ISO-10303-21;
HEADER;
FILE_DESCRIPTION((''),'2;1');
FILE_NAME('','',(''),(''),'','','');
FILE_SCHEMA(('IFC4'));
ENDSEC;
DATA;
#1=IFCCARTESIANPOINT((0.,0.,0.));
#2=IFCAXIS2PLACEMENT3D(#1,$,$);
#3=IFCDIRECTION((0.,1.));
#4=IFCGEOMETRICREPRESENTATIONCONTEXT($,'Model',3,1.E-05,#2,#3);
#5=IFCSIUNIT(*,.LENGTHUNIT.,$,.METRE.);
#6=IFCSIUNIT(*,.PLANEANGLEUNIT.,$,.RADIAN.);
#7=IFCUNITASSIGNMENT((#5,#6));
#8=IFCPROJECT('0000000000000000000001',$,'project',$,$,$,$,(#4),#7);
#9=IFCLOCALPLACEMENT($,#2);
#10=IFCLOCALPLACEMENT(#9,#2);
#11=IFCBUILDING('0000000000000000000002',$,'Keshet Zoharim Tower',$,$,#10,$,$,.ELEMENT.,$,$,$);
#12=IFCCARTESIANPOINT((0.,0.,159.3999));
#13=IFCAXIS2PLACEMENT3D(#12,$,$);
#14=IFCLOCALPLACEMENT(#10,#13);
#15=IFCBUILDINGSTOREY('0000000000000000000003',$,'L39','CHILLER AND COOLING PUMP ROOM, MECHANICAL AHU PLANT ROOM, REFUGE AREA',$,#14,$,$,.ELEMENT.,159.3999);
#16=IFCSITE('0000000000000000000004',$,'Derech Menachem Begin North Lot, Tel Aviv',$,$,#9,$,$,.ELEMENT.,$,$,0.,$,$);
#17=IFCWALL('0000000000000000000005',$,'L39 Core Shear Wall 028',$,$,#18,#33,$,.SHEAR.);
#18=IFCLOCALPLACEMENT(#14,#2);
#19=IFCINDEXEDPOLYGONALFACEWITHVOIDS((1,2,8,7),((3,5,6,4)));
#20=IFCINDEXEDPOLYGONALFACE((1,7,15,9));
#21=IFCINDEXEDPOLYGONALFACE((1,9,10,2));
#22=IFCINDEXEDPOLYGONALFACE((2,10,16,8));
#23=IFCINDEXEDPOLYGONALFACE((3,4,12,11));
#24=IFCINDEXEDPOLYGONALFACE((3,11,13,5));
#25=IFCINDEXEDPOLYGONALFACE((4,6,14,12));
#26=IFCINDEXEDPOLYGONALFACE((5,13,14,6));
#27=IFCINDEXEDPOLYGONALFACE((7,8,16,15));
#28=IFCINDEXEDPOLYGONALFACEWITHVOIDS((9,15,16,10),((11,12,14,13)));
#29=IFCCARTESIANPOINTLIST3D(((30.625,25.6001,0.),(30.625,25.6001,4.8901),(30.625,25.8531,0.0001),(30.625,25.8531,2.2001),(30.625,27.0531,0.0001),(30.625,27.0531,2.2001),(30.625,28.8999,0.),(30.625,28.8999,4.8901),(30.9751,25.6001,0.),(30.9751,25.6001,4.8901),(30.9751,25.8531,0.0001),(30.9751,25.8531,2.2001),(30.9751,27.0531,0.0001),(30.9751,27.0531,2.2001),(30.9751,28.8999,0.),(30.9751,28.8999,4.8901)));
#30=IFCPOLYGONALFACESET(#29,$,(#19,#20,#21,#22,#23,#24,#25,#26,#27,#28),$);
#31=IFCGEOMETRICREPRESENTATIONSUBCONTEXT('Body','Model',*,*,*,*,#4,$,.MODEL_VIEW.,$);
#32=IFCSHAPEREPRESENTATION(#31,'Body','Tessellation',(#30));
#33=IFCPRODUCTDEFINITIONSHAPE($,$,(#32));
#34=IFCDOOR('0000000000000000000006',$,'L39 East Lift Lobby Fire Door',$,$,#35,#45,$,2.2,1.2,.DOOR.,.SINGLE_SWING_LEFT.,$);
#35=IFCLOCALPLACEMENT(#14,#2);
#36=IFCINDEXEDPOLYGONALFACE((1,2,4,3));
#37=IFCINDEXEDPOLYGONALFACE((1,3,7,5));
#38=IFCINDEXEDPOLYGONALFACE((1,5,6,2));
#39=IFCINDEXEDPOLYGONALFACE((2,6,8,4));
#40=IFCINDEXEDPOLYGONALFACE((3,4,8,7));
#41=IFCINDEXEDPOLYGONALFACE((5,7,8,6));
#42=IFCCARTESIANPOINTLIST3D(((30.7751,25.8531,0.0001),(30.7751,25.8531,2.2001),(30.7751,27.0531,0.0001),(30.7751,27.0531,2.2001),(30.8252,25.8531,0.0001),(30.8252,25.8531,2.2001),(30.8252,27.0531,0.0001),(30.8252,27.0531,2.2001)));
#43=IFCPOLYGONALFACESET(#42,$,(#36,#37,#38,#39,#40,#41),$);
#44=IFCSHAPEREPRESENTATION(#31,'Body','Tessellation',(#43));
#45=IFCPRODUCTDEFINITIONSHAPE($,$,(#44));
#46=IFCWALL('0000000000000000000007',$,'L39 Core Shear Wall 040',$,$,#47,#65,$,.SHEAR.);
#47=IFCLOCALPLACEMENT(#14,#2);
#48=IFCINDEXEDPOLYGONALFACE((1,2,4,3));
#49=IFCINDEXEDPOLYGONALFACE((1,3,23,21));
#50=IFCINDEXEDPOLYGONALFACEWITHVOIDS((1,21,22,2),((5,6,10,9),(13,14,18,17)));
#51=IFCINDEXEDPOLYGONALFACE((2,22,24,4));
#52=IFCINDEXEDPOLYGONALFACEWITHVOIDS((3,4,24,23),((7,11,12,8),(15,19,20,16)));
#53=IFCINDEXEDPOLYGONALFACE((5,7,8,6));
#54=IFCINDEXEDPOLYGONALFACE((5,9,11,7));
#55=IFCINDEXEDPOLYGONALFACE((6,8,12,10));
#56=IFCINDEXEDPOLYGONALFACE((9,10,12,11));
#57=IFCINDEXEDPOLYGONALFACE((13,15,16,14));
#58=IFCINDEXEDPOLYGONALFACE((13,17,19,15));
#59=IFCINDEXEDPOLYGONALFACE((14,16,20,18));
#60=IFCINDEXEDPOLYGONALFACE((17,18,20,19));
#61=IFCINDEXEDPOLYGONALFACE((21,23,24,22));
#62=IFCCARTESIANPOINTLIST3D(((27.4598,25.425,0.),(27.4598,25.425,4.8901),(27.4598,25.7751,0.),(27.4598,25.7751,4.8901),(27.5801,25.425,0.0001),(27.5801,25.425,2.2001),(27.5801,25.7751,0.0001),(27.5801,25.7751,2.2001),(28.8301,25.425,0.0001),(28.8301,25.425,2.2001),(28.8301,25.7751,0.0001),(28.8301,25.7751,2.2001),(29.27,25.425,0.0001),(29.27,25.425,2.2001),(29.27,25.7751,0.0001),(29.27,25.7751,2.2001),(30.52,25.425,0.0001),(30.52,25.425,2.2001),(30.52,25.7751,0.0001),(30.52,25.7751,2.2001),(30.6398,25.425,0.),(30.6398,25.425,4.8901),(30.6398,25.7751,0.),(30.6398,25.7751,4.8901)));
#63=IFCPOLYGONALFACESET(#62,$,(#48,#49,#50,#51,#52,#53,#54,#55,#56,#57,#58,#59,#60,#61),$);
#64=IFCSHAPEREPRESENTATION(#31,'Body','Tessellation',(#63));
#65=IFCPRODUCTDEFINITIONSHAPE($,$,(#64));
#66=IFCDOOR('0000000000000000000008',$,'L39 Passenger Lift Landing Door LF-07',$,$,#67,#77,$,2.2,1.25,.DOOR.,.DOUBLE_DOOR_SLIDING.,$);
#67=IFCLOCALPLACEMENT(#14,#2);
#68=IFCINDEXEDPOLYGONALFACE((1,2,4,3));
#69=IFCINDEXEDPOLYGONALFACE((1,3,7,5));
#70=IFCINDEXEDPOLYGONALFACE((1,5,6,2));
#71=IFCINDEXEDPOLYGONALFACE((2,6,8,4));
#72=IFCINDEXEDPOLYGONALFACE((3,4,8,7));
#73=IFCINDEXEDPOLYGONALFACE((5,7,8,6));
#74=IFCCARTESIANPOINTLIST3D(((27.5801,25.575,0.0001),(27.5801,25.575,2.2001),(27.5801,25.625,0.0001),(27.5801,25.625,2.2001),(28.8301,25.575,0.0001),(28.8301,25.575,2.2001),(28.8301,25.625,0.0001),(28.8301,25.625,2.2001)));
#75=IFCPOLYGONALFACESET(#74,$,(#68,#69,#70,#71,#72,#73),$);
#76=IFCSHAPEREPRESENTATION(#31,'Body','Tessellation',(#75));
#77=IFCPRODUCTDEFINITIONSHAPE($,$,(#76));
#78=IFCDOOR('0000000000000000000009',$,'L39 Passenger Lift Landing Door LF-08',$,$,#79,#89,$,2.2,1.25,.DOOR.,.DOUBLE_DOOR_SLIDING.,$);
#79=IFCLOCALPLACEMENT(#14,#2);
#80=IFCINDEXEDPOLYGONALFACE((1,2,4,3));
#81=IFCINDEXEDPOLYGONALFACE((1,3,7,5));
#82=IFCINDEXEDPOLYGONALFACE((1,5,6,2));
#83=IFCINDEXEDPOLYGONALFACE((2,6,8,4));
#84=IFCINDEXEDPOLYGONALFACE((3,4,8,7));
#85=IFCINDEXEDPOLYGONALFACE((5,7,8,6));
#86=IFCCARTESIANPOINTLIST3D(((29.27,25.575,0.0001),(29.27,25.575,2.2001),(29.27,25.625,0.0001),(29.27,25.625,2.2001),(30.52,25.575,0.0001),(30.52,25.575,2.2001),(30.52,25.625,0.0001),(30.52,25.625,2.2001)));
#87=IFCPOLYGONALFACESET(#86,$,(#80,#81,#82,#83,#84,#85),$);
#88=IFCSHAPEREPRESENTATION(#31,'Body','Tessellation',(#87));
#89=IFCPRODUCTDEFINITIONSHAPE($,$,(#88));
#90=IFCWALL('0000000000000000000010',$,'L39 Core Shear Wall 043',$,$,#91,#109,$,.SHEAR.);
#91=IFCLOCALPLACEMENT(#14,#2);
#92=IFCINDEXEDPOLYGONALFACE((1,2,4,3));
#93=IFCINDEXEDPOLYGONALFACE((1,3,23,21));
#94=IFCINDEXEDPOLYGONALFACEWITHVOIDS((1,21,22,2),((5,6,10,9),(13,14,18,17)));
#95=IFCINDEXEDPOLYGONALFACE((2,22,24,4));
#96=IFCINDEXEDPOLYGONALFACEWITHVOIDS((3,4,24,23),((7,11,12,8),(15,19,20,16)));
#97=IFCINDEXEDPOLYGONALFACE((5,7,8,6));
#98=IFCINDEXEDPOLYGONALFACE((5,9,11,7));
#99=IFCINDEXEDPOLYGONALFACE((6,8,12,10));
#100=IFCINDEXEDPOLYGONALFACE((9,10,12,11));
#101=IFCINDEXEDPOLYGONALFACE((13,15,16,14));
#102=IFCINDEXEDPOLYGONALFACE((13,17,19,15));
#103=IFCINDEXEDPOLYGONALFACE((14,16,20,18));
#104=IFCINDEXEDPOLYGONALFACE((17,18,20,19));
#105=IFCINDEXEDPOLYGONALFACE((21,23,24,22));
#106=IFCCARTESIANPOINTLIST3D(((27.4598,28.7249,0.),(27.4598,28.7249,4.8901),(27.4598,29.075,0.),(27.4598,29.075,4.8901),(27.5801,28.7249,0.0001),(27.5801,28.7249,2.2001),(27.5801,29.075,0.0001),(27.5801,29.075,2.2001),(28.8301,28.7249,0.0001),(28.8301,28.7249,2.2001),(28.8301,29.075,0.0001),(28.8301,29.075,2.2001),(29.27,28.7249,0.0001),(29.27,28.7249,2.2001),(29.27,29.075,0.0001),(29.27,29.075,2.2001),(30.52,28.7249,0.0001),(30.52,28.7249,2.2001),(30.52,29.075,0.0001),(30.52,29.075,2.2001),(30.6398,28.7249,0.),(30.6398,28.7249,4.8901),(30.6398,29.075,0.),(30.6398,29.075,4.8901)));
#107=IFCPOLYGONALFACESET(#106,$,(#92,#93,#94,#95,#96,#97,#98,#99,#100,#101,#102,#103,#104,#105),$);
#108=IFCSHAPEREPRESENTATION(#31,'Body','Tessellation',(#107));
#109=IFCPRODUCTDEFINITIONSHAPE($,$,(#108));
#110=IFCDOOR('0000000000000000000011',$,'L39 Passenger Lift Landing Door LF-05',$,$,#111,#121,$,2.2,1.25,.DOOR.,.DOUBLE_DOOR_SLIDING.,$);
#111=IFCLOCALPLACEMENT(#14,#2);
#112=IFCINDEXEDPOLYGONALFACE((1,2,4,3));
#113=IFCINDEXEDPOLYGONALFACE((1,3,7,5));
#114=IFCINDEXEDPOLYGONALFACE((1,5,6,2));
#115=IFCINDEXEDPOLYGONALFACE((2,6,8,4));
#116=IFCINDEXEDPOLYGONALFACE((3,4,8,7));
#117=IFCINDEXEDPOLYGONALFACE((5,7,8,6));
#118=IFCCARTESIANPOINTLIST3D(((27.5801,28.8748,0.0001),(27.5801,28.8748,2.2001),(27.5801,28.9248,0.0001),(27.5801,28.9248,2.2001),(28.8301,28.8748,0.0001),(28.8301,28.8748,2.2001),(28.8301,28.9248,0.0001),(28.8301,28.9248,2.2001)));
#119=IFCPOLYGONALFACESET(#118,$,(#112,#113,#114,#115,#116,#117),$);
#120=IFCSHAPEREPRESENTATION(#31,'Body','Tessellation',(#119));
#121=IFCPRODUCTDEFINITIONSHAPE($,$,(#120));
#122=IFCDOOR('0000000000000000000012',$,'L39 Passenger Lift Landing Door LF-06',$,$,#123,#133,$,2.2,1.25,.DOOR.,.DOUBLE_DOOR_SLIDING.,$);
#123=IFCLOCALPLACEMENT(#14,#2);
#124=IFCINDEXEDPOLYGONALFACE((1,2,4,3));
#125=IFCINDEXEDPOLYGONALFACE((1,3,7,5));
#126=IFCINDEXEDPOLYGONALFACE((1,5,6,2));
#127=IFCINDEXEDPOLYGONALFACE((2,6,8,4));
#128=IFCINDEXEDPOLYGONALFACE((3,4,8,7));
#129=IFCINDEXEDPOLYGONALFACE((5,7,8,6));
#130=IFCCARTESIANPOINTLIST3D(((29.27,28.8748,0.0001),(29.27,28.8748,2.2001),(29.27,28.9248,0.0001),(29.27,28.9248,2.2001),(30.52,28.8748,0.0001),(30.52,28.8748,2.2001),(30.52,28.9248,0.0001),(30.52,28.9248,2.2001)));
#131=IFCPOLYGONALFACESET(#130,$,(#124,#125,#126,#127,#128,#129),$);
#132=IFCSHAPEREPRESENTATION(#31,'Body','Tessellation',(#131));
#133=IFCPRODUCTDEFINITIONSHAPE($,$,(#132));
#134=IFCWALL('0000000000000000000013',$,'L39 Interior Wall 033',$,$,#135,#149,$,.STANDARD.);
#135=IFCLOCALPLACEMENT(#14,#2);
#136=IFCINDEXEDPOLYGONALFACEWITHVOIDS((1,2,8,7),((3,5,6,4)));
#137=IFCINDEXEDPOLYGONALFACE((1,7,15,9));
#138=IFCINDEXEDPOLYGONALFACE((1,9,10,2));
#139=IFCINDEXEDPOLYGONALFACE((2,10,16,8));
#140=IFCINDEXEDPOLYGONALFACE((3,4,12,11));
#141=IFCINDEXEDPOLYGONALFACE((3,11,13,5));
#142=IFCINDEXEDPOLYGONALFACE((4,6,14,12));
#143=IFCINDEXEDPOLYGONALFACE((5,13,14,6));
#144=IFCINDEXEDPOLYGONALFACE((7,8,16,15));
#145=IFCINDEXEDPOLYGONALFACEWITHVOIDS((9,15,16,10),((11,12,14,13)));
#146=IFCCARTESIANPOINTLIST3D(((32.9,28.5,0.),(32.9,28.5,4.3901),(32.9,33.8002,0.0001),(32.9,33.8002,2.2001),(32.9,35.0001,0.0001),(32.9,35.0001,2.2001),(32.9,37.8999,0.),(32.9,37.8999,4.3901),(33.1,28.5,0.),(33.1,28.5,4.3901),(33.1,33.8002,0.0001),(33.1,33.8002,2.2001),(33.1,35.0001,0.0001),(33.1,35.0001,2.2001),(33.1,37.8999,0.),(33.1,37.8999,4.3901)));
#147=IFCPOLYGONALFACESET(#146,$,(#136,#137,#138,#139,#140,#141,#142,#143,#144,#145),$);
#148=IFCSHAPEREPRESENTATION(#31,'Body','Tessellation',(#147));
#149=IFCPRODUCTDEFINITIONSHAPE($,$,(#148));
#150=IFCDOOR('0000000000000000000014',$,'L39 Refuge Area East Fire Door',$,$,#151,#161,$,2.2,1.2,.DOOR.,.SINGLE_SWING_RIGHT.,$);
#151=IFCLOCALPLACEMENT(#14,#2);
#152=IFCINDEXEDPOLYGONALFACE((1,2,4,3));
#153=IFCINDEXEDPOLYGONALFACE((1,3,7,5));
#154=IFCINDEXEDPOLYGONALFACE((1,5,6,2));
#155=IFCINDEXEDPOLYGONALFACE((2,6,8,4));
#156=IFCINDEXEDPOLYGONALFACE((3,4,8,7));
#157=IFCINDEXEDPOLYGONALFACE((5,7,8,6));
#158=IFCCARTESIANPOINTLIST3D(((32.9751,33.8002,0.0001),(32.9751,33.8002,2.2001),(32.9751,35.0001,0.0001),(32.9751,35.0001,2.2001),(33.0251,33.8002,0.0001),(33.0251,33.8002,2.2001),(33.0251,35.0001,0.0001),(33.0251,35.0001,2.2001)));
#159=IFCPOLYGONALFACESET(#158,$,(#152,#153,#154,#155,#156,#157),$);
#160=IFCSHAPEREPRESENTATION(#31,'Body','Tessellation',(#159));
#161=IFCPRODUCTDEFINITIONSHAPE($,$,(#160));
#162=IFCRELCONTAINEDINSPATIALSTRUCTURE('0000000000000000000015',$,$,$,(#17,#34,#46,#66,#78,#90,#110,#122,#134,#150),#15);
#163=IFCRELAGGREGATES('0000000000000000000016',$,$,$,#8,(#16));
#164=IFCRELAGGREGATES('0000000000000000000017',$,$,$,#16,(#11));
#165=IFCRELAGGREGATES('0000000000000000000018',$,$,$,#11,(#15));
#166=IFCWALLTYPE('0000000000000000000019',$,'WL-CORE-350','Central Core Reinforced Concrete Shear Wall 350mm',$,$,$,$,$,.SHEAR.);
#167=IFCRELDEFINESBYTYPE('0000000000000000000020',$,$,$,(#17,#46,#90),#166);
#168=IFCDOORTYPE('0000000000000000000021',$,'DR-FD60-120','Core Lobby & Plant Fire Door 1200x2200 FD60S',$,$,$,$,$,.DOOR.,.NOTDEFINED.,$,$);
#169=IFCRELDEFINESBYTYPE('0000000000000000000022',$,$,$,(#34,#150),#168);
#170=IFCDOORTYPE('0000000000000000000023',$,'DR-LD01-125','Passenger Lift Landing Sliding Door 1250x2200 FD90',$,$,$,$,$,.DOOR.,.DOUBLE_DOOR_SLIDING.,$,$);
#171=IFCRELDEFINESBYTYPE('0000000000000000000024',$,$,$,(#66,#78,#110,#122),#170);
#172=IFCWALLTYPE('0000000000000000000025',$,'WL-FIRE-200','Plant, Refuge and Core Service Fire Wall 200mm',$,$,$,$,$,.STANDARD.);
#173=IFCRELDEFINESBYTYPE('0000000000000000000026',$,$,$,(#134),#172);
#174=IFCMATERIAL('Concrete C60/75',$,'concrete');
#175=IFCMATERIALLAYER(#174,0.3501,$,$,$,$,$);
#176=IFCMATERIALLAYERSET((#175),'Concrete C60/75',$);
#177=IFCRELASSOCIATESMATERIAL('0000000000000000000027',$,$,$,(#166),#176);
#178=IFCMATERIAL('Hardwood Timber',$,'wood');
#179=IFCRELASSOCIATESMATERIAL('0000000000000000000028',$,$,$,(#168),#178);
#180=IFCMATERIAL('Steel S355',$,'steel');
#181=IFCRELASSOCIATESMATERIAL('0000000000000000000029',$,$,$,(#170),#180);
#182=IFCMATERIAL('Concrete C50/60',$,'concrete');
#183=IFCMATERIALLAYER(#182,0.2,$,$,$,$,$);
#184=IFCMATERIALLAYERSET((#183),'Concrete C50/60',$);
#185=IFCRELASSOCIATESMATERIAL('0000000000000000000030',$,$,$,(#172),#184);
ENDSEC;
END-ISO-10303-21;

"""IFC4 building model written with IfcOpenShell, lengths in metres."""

from ifc_helpers import new_model, si_unit, direction, frame, frame_2d, origin, place, context, subcontext, project, spatial, rectangle, extrude, material, layer, layer_set, type_object, element, fill, save


model = new_model("IFC4")

# Units and contexts
model_context = context("Model", 3, precision=1e-05, world=origin(), true_north=direction((0.0, 1.0)))
body_context = subcontext(model_context, "Body", "Model", "MODEL_VIEW")
ifc_project = project(units=[si_unit("LENGTHUNIT", "METRE"), si_unit("PLANEANGLEUNIT", "RADIAN")], contexts=[model_context])

# Site, building, storey
site_placement = place(None, origin())
site = spatial("IfcSite", under=ifc_project, at=site_placement, Name="Derech Menachem Begin North Lot, Tel Aviv", CompositionType="ELEMENT", RefElevation=0.0)
building_placement = place(site_placement, origin())
building = spatial("IfcBuilding", under=site, at=building_placement, Name="Keshet Zoharim Tower", CompositionType="ELEMENT")
storey_placement = place(building_placement, frame((0.0, 0.0, 159.3999)))
storey = spatial("IfcBuildingStorey", under=building, at=storey_placement, Name="L39", Description="CHILLER AND COOLING PUMP ROOM, MECHANICAL AHU PLANT ROOM, REFUGE AREA", CompositionType="ELEMENT", Elevation=159.3999)

# Shared definitions
ifc_material_1 = material(Name="Concrete C60/75", Category="concrete")

# Shared definitions
ifc_material_2 = material(Name="Steel S355", Category="steel")

# Shared definitions
ifc_layer_1 = layer(ifc_material_1, 0.3501)
ifc_layer_set_1 = layer_set([ifc_layer_1], Name="Concrete C60/75")
wall_type_1 = type_object("IfcWallType", Name="WL-CORE-350", Description="Central Core Reinforced Concrete Shear Wall 350mm", PredefinedType="SHEAR", material=ifc_layer_set_1)

# Wall, opening, door
wall_1_placement = place(storey_placement, frame((30.8, 25.6001, 0.0), z_axis=(0.0, 0.0, 1.0), x_axis=(0.0, 1.0, 0.0)))
wall_1 = element("IfcWall", 1, at=wall_1_placement, inside=storey, type_object=wall_type_1, Name="L39 Core Shear Wall 028", PredefinedType="SHEAR", context=body_context, shape_type="SweptSolid", body=[
    extrude(rectangle(XDim=3.2998, YDim=0.3501, at=frame_2d((1.6499, 0.0))), origin(), (0.0, 0.0, 1.0), 4.8901),
])
opening_1_placement = place(wall_1_placement, frame((0.2529, 0.0, 0.0)))
opening_1 = element("IfcOpeningElement", 2, at=opening_1_placement, cuts=wall_1, PredefinedType="OPENING", context=body_context, shape_type="SweptSolid", body=[
    extrude(rectangle(XDim=1.2, YDim=2.2, at=frame_2d((0.6001, 1.1001))), frame((0.0, 0.1851, 0.0), z_axis=(0.0, -1.0, 0.0), x_axis=(1.0, 0.0, 0.0)), (0.0, 0.0, 1.0), 0.3701),
])
ifc_material_3 = material(Name="Hardwood Timber", Category="wood")
door_type_1 = type_object("IfcDoorType", Name="DR-FD60-120", Description="Core Lobby & Plant Fire Door 1200x2200 FD60S", OperationType="NOTDEFINED", PredefinedType="DOOR", material=ifc_material_3)
door_1_placement = place(opening_1_placement, origin())
door_1 = element("IfcDoor", 3, at=door_1_placement, inside=storey, type_object=door_type_1, Name="L39 East Lift Lobby Fire Door", OperationType="SINGLE_SWING_LEFT", OverallHeight=2.2, OverallWidth=1.2, PredefinedType="DOOR", context=body_context, shape_type="SweptSolid", body=[
    extrude(rectangle(XDim=1.2, YDim=2.2, at=frame_2d((0.6001, 1.1001))), frame((0.0, 0.0249, 0.0), z_axis=(0.0, -1.0, 0.0), x_axis=(1.0, 0.0, 0.0)), (0.0, 0.0, 1.0), 0.05),
])
fill(opening_1, door_1)

# Walls, openings, doors
wall_2_placement = place(storey_placement, frame((27.46, 25.6001, 0.0), z_axis=(0.0, 0.0, 1.0), x_axis=(1.0, 0.0, 0.0)))
wall_2 = element("IfcWall", 4, at=wall_2_placement, inside=storey, type_object=wall_type_1, Name="L39 Core Shear Wall 040", PredefinedType="SHEAR", context=body_context, shape_type="SweptSolid", body=[
    extrude(rectangle(XDim=3.1799, YDim=0.3501, at=frame_2d((1.5898, 0.0))), origin(), (0.0, 0.0, 1.0), 4.8901),
])
opening_2_placement = place(wall_2_placement, frame((0.1201, 0.0, 0.0)))
opening_2 = element("IfcOpeningElement", 5, at=opening_2_placement, cuts=wall_2, PredefinedType="OPENING", context=body_context, shape_type="SweptSolid", body=[
    extrude(rectangle(XDim=1.25, YDim=2.2, at=frame_2d((0.625, 1.1001))), frame((0.0, 0.1851, 0.0), z_axis=(0.0, -1.0, 0.0), x_axis=(1.0, 0.0, 0.0)), (0.0, 0.0, 1.0), 0.3701),
])
opening_3_placement = place(wall_2_placement, frame((1.8101, 0.0, 0.0)))
opening_3 = element("IfcOpeningElement", 6, at=opening_3_placement, cuts=wall_2, PredefinedType="OPENING", context=body_context, shape_type="SweptSolid", body=[
    extrude(rectangle(XDim=1.25, YDim=2.2, at=frame_2d((0.625, 1.1001))), frame((0.0, 0.1851, 0.0), z_axis=(0.0, -1.0, 0.0), x_axis=(1.0, 0.0, 0.0)), (0.0, 0.0, 1.0), 0.3701),
])
door_type_2 = type_object("IfcDoorType", Name="DR-LD01-125", Description="Passenger Lift Landing Sliding Door 1250x2200 FD90", OperationType="DOUBLE_DOOR_SLIDING", PredefinedType="DOOR", material=ifc_material_2)
door_2_placement = place(opening_2_placement, origin())
door_2 = element("IfcDoor", 7, at=door_2_placement, inside=storey, type_object=door_type_2, Name="L39 Passenger Lift Landing Door LF-07", OperationType="DOUBLE_DOOR_SLIDING", OverallHeight=2.2, OverallWidth=1.25, PredefinedType="DOOR", context=body_context, shape_type="SweptSolid", body=[
    extrude(rectangle(XDim=1.25, YDim=2.2, at=frame_2d((0.625, 1.1001))), frame((0.0, 0.0249, 0.0), z_axis=(0.0, -1.0, 0.0), x_axis=(1.0, 0.0, 0.0)), (0.0, 0.0, 1.0), 0.05),
])
fill(opening_2, door_2)
door_3_placement = place(opening_3_placement, origin())
door_3 = element("IfcDoor", 8, at=door_3_placement, inside=storey, type_object=door_type_2, Name="L39 Passenger Lift Landing Door LF-08", OperationType="DOUBLE_DOOR_SLIDING", OverallHeight=2.2, OverallWidth=1.25, PredefinedType="DOOR", context=body_context, shape_type="SweptSolid", body=[
    extrude(rectangle(XDim=1.25, YDim=2.2, at=frame_2d((0.625, 1.1001))), frame((0.0, 0.0249, 0.0), z_axis=(0.0, -1.0, 0.0), x_axis=(1.0, 0.0, 0.0)), (0.0, 0.0, 1.0), 0.05),
])
fill(opening_3, door_3)
wall_3_placement = place(storey_placement, frame((27.46, 28.8999, 0.0), z_axis=(0.0, 0.0, 1.0), x_axis=(1.0, 0.0, 0.0)))
wall_3 = element("IfcWall", 9, at=wall_3_placement, inside=storey, type_object=wall_type_1, Name="L39 Core Shear Wall 043", PredefinedType="SHEAR", context=body_context, shape_type="SweptSolid", body=[
    extrude(rectangle(XDim=3.1799, YDim=0.3501, at=frame_2d((1.5898, 0.0))), origin(), (0.0, 0.0, 1.0), 4.8901),
])
opening_4_placement = place(wall_3_placement, frame((0.1201, 0.0, 0.0)))
opening_4 = element("IfcOpeningElement", 10, at=opening_4_placement, cuts=wall_3, PredefinedType="OPENING", context=body_context, shape_type="SweptSolid", body=[
    extrude(rectangle(XDim=1.25, YDim=2.2, at=frame_2d((0.625, 1.1001))), frame((0.0, 0.1851, 0.0), z_axis=(0.0, -1.0, 0.0), x_axis=(1.0, 0.0, 0.0)), (0.0, 0.0, 1.0), 0.3701),
])
opening_5_placement = place(wall_3_placement, frame((1.8101, 0.0, 0.0)))
opening_5 = element("IfcOpeningElement", 11, at=opening_5_placement, cuts=wall_3, PredefinedType="OPENING", context=body_context, shape_type="SweptSolid", body=[
    extrude(rectangle(XDim=1.25, YDim=2.2, at=frame_2d((0.625, 1.1001))), frame((0.0, 0.1851, 0.0), z_axis=(0.0, -1.0, 0.0), x_axis=(1.0, 0.0, 0.0)), (0.0, 0.0, 1.0), 0.3701),
])
door_4_placement = place(opening_4_placement, origin())
door_4 = element("IfcDoor", 12, at=door_4_placement, inside=storey, type_object=door_type_2, Name="L39 Passenger Lift Landing Door LF-05", OperationType="DOUBLE_DOOR_SLIDING", OverallHeight=2.2, OverallWidth=1.25, PredefinedType="DOOR", context=body_context, shape_type="SweptSolid", body=[
    extrude(rectangle(XDim=1.25, YDim=2.2, at=frame_2d((0.625, 1.1001))), frame((0.0, 0.0249, 0.0), z_axis=(0.0, -1.0, 0.0), x_axis=(1.0, 0.0, 0.0)), (0.0, 0.0, 1.0), 0.05),
])
fill(opening_4, door_4)
door_5_placement = place(opening_5_placement, origin())
door_5 = element("IfcDoor", 13, at=door_5_placement, inside=storey, type_object=door_type_2, Name="L39 Passenger Lift Landing Door LF-06", OperationType="DOUBLE_DOOR_SLIDING", OverallHeight=2.2, OverallWidth=1.25, PredefinedType="DOOR", context=body_context, shape_type="SweptSolid", body=[
    extrude(rectangle(XDim=1.25, YDim=2.2, at=frame_2d((0.625, 1.1001))), frame((0.0, 0.0249, 0.0), z_axis=(0.0, -1.0, 0.0), x_axis=(1.0, 0.0, 0.0)), (0.0, 0.0, 1.0), 0.05),
])
fill(opening_5, door_5)

# Wall, opening, door
ifc_material_4 = material(Name="Concrete C50/60", Category="concrete")
ifc_layer_2 = layer(ifc_material_4, 0.2)
ifc_layer_set_2 = layer_set([ifc_layer_2], Name="Concrete C50/60")
wall_type_2 = type_object("IfcWallType", Name="WL-FIRE-200", Description="Plant, Refuge and Core Service Fire Wall 200mm", PredefinedType="STANDARD", material=ifc_layer_set_2)
wall_4_placement = place(storey_placement, frame((33.0, 28.5, 0.0), z_axis=(0.0, 0.0, 1.0), x_axis=(0.0, 1.0, 0.0)))
wall_4 = element("IfcWall", 14, at=wall_4_placement, inside=storey, type_object=wall_type_2, Name="L39 Interior Wall 033", PredefinedType="STANDARD", context=body_context, shape_type="SweptSolid", body=[
    extrude(rectangle(XDim=9.3999, YDim=0.2, at=frame_2d((4.7, 0.0))), origin(), (0.0, 0.0, 1.0), 4.3901),
])
opening_6_placement = place(wall_4_placement, frame((5.3, 0.0, 0.0)))
opening_6 = element("IfcOpeningElement", 15, at=opening_6_placement, cuts=wall_4, PredefinedType="OPENING", context=body_context, shape_type="SweptSolid", body=[
    extrude(rectangle(XDim=1.2, YDim=2.2, at=frame_2d((0.6001, 1.1001))), frame((0.0, 0.1099, 0.0), z_axis=(0.0, -1.0, 0.0), x_axis=(1.0, 0.0, 0.0)), (0.0, 0.0, 1.0), 0.22),
])
door_6_placement = place(opening_6_placement, origin())
door_6 = element("IfcDoor", 16, at=door_6_placement, inside=storey, type_object=door_type_1, Name="L39 Refuge Area East Fire Door", OperationType="SINGLE_SWING_RIGHT", OverallHeight=2.2, OverallWidth=1.2, PredefinedType="DOOR", context=body_context, shape_type="SweptSolid", body=[
    extrude(rectangle(XDim=1.2, YDim=2.2, at=frame_2d((0.6001, 1.1001))), frame((0.0, 0.0249, 0.0), z_axis=(0.0, -1.0, 0.0), x_axis=(1.0, 0.0, 0.0)), (0.0, 0.0, 1.0), 0.05),
])
fill(opening_6, door_6)

save(model, "model.ifc")
